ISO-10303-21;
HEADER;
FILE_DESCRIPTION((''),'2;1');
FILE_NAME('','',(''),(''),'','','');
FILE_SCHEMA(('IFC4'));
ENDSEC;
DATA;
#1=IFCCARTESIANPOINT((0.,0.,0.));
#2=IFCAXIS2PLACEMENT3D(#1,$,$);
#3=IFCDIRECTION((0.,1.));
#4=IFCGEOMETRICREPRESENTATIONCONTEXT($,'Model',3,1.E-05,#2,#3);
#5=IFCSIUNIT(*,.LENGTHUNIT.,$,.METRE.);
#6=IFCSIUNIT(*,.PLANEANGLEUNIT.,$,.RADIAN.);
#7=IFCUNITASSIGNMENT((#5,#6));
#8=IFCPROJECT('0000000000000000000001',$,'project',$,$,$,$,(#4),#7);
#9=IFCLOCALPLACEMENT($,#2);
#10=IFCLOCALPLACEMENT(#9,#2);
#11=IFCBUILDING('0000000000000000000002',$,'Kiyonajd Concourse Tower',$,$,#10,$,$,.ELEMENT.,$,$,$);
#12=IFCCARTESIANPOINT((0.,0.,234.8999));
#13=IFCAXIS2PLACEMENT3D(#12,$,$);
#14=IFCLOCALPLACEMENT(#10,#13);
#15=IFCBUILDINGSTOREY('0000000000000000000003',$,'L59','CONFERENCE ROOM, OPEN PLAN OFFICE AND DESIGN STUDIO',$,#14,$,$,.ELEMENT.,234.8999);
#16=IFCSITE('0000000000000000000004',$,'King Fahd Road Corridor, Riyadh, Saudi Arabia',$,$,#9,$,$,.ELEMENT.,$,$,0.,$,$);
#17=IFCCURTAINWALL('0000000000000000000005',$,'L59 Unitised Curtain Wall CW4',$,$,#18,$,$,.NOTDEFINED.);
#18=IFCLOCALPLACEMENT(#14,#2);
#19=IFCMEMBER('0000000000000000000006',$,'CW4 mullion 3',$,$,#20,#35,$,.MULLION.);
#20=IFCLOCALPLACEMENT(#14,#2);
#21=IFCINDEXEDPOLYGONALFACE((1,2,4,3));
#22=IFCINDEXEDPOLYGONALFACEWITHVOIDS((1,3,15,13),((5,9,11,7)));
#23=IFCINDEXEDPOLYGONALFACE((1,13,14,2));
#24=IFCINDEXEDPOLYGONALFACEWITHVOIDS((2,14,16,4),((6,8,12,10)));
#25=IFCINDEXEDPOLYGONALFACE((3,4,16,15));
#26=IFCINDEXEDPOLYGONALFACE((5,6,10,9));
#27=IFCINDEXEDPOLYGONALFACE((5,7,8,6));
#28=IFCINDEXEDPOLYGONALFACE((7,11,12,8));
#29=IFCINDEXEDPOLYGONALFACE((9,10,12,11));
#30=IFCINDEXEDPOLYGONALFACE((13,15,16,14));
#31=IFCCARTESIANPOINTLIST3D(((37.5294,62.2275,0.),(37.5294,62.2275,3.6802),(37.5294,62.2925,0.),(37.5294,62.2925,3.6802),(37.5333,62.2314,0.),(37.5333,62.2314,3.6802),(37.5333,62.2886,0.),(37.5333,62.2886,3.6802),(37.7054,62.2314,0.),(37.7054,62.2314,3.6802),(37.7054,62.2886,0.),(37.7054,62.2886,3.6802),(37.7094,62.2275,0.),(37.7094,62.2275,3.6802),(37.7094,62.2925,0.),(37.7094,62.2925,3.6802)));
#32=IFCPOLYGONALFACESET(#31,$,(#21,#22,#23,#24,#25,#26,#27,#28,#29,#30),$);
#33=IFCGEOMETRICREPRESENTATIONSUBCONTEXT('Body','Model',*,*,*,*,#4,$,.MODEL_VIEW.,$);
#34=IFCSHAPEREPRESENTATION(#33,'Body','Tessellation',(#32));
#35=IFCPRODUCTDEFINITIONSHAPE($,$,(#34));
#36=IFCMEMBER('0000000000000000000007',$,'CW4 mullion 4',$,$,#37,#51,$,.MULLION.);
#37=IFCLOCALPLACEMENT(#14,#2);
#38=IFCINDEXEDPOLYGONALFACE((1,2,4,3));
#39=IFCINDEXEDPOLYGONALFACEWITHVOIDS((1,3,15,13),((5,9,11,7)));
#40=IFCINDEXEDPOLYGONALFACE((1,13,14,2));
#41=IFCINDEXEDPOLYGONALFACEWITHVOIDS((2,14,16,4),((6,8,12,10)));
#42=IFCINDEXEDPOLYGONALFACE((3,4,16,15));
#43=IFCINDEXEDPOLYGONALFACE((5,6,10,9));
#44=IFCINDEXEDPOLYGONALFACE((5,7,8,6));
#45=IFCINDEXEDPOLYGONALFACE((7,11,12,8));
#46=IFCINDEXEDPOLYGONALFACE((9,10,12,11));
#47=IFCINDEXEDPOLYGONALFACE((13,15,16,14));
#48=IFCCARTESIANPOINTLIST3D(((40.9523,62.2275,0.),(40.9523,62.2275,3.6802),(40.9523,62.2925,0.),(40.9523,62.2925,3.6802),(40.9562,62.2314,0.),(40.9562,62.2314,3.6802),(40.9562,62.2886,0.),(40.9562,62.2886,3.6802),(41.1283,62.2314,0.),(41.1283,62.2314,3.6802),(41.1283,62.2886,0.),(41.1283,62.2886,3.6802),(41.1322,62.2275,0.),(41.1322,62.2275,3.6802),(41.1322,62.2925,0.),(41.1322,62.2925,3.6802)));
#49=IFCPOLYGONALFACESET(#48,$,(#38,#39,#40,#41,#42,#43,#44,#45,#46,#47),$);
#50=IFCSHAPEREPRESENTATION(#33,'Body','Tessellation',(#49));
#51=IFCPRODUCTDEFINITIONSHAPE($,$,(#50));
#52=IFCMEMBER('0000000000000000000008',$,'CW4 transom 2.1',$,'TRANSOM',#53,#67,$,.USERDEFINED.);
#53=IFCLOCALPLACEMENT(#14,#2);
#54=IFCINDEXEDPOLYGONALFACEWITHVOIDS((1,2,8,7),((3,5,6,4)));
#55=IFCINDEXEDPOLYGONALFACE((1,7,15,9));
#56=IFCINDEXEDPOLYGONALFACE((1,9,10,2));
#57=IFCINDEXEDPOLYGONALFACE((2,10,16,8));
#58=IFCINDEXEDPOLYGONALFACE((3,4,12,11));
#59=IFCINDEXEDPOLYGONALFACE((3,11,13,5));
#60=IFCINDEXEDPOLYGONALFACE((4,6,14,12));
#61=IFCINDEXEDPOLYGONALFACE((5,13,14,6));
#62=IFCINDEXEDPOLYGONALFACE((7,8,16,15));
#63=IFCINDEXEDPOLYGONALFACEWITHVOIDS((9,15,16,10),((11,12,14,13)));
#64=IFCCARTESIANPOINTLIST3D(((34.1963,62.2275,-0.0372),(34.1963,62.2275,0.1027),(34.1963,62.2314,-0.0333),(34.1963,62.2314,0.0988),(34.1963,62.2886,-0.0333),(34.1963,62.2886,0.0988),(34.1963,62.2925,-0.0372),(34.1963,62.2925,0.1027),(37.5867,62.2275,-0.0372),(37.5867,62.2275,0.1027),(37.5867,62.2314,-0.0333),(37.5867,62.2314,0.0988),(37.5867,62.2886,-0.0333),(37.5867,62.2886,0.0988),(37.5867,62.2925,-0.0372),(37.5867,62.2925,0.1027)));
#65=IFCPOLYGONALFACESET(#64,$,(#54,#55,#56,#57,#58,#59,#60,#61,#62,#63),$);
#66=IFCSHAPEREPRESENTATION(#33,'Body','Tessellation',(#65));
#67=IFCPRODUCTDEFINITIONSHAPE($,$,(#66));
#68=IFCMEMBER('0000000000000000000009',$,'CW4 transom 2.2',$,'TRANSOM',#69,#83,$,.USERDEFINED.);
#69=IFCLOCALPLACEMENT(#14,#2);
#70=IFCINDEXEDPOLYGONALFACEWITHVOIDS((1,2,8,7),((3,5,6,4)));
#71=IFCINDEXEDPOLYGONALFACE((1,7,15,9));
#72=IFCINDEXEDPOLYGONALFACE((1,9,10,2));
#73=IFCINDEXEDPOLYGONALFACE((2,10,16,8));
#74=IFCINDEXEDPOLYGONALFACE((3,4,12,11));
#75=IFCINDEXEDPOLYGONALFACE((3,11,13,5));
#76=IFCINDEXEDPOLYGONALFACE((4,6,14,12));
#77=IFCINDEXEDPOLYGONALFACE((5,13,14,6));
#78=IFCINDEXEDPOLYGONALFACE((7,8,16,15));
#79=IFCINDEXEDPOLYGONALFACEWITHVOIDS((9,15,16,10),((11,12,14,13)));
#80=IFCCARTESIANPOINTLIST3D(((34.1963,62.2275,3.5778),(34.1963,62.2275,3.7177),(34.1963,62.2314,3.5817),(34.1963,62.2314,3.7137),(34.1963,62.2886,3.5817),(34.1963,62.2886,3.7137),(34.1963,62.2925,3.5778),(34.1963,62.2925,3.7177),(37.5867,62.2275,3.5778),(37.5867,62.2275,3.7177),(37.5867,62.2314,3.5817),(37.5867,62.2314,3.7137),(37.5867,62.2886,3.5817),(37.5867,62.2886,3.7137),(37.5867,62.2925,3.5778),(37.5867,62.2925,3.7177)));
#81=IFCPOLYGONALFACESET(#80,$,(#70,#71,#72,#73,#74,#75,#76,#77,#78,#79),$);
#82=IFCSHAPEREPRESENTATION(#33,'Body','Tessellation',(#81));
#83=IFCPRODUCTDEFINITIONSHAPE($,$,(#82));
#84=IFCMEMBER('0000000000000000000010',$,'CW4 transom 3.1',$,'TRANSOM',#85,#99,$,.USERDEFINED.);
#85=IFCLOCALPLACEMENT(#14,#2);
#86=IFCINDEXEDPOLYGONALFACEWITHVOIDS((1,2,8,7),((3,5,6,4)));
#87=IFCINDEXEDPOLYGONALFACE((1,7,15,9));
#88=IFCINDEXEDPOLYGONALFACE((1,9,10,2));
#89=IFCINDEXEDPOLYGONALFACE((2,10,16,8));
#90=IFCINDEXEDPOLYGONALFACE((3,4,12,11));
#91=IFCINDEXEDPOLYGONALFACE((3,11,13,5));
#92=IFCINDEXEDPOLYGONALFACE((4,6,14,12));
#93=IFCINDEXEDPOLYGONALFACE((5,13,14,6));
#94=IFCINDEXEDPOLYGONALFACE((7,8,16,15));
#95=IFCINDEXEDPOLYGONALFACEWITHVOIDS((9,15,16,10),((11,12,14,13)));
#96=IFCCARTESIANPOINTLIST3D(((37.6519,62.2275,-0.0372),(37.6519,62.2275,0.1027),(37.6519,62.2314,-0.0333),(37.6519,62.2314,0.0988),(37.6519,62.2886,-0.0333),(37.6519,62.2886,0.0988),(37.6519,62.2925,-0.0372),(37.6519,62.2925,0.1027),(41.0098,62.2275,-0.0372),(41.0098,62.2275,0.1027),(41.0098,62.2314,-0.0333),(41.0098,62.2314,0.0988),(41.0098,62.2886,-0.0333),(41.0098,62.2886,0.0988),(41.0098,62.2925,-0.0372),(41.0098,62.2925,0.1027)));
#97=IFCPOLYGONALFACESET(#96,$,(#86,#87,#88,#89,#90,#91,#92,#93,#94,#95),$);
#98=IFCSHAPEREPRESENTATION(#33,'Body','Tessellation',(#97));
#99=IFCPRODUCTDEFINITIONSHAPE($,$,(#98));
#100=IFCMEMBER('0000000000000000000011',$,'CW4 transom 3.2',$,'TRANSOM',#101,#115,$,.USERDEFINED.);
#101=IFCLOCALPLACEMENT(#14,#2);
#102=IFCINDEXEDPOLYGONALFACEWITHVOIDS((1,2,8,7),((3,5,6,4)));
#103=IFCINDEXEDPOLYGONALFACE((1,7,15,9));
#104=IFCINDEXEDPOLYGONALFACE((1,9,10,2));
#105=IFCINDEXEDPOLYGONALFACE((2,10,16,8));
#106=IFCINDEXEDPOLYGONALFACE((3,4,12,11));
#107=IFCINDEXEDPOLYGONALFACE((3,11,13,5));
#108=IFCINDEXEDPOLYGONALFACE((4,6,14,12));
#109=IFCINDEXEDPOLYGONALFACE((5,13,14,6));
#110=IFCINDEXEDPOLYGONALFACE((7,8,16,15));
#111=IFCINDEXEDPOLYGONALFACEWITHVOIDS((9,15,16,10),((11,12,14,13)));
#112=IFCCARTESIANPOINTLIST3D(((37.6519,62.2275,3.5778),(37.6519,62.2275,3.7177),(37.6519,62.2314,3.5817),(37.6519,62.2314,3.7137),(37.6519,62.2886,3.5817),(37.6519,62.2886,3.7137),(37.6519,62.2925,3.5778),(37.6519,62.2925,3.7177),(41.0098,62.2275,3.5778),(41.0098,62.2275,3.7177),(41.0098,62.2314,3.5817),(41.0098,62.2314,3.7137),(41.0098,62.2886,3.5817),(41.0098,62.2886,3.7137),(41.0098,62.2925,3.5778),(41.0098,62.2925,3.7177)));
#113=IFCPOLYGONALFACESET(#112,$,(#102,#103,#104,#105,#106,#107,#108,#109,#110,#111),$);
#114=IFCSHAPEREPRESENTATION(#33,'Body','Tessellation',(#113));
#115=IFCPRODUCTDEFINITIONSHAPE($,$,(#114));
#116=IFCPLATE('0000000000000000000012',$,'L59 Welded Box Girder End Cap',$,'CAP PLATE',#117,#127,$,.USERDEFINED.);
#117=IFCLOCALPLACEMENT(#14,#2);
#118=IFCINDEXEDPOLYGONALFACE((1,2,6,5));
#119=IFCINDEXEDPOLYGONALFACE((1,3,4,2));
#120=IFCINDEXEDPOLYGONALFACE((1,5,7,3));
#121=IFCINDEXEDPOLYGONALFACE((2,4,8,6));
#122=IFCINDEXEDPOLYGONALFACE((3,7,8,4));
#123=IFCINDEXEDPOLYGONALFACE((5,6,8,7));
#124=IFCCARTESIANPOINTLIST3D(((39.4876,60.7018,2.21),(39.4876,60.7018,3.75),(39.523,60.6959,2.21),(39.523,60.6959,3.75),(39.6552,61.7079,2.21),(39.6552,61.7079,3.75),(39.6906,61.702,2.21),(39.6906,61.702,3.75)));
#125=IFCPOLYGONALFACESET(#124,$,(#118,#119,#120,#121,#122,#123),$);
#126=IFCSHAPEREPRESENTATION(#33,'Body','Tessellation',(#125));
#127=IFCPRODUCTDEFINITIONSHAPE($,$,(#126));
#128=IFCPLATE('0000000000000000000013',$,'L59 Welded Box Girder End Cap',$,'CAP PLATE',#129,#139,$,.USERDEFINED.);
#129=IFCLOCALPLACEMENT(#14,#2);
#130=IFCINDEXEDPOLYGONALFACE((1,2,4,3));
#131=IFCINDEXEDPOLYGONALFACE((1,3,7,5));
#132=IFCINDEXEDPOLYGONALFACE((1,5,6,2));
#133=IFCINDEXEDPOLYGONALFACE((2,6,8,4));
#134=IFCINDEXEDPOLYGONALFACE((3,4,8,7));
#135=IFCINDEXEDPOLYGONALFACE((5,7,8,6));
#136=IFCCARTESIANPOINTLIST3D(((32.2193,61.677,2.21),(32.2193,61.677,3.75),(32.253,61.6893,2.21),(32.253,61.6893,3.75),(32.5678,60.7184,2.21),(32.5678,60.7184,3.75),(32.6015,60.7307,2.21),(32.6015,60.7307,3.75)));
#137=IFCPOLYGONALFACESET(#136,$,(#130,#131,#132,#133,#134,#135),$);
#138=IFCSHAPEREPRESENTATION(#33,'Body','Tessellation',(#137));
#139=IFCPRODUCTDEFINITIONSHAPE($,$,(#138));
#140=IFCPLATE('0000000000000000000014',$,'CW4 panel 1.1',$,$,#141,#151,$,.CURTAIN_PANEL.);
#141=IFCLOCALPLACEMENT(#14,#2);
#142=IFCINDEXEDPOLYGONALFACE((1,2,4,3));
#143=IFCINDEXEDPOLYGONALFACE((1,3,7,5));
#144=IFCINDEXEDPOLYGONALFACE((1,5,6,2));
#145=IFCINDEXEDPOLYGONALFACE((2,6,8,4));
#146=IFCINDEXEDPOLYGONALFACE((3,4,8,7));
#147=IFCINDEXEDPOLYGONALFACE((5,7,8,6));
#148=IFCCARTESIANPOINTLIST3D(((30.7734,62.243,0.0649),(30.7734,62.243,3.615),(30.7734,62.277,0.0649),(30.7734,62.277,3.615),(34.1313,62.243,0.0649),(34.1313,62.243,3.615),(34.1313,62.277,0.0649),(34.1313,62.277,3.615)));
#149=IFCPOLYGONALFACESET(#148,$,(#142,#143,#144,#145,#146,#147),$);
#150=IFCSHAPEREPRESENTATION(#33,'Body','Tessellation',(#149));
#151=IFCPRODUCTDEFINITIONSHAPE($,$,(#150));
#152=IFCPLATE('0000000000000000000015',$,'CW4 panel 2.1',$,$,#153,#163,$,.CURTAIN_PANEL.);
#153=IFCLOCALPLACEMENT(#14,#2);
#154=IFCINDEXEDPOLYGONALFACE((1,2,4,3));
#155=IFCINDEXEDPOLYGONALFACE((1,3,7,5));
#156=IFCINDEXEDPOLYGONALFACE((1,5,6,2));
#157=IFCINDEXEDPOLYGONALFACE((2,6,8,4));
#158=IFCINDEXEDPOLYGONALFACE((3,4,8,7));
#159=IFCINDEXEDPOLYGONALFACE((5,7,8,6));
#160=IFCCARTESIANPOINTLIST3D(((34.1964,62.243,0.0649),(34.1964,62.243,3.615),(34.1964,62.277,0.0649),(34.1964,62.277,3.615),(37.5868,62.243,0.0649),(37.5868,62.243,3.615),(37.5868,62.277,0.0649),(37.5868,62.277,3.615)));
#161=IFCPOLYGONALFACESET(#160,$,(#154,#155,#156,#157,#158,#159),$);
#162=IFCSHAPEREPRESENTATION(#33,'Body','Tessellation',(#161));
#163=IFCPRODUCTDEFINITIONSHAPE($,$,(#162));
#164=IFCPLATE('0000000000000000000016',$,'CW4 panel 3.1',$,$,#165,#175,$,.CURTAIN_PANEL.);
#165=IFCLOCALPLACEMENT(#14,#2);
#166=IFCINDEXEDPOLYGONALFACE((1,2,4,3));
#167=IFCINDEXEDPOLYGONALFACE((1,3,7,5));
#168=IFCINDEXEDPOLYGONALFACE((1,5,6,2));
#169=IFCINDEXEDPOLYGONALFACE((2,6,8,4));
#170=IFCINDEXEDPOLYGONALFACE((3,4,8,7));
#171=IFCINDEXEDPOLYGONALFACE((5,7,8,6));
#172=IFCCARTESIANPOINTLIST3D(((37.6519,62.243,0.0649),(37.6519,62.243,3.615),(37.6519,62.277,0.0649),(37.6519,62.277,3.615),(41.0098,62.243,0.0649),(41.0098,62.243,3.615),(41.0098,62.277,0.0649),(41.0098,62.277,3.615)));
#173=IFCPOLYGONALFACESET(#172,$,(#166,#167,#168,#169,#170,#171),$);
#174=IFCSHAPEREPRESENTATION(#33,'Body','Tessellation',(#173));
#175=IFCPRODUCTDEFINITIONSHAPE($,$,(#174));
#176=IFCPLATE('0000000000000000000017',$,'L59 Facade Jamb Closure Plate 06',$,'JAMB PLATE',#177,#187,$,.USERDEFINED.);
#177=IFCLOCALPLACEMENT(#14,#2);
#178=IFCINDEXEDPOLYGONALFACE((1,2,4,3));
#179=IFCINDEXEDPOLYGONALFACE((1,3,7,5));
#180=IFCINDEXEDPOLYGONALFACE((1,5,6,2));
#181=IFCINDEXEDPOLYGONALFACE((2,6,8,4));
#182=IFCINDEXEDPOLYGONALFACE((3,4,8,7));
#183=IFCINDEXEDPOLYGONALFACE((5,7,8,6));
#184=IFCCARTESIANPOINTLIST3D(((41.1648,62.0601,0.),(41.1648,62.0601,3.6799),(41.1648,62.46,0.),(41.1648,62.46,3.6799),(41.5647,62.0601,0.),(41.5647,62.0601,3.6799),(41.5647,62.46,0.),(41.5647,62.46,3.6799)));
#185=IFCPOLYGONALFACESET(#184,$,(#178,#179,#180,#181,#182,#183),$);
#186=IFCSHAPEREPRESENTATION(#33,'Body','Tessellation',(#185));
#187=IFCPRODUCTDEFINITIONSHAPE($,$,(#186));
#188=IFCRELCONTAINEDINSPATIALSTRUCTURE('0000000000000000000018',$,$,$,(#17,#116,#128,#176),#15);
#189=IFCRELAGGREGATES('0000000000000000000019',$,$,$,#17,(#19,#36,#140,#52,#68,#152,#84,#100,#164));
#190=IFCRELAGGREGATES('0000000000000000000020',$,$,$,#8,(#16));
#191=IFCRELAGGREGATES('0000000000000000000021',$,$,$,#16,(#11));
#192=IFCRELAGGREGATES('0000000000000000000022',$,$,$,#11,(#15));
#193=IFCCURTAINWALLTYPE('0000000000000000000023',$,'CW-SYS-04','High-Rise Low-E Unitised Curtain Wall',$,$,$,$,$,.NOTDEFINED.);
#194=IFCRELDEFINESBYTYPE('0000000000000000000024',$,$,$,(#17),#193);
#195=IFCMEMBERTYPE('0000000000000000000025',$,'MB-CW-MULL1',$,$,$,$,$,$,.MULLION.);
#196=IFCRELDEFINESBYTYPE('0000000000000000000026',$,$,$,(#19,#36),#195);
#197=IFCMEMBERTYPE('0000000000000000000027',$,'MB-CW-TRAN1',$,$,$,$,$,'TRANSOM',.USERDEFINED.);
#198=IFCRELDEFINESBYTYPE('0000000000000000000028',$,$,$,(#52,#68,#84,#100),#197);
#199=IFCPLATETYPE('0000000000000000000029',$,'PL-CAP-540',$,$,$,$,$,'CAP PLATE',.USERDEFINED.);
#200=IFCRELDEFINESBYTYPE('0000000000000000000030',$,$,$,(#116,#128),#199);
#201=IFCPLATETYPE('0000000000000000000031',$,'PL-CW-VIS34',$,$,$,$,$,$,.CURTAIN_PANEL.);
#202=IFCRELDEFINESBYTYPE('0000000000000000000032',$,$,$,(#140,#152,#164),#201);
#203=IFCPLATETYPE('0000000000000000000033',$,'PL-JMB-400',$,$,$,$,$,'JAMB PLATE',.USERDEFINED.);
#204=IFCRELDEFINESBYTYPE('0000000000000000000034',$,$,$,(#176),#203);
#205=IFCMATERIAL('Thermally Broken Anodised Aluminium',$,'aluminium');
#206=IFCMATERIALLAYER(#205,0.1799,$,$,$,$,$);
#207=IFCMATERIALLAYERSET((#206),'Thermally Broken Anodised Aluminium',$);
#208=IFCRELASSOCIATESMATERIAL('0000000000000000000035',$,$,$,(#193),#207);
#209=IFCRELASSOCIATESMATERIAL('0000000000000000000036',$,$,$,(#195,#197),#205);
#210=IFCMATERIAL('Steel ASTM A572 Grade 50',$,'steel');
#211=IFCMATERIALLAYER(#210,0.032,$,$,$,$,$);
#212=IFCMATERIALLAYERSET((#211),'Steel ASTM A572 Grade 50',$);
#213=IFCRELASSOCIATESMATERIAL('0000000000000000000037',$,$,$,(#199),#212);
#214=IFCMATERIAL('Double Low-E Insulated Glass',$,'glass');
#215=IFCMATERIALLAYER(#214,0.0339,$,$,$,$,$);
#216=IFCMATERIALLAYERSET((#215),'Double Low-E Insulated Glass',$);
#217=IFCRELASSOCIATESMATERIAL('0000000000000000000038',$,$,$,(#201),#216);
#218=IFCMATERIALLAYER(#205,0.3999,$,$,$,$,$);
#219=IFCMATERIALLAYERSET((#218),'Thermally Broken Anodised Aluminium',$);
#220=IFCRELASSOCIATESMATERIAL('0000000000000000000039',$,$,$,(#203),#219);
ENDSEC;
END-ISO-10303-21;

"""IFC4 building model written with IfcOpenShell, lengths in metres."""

from ifc_helpers import new_model, si_unit, direction, frame, origin, origin_2d, place, context, subcontext, project, spatial, rectangle, hollow_rectangle, extrude, material, layer, layer_set, material_profile, profile_set, type_object, element, aggregate, save


model = new_model("IFC4")

# Units and contexts
model_context = context("Model", 3, precision=1e-05, world=origin(), true_north=direction((0.0, 1.0)))
body_context = subcontext(model_context, "Body", "Model", "MODEL_VIEW")
ifc_project = project(units=[si_unit("LENGTHUNIT", "METRE"), si_unit("PLANEANGLEUNIT", "RADIAN")], contexts=[model_context])

# Site, building, storey
site_placement = place(None, origin())
site = spatial("IfcSite", under=ifc_project, at=site_placement, Name="King Fahd Road Corridor, Riyadh, Saudi Arabia", CompositionType="ELEMENT", RefElevation=0.0)
building_placement = place(site_placement, origin())
building = spatial("IfcBuilding", under=site, at=building_placement, Name="Kiyonajd Concourse Tower", CompositionType="ELEMENT")
storey_placement = place(building_placement, frame((0.0, 0.0, 234.8999)))
storey = spatial("IfcBuildingStorey", under=building, at=storey_placement, Name="L59", Description="CONFERENCE ROOM, OPEN PLAN OFFICE AND DESIGN STUDIO", CompositionType="ELEMENT", Elevation=234.8999)

# Shared definitions
ifc_material_1 = material(Name="Steel ASTM A572 Grade 50", Category="steel")

# Curtain wall, members
ifc_material_2 = material(Name="Thermally Broken Anodised Aluminium", Category="aluminium")
ifc_layer_1 = layer(ifc_material_2, 0.1799)
ifc_layer_set_1 = layer_set([ifc_layer_1], Name="Thermally Broken Anodised Aluminium")
curtain_wall_type = type_object("IfcCurtainWallType", Name="CW-SYS-04", Description="High-Rise Low-E Unitised Curtain Wall", PredefinedType="NOTDEFINED", material=ifc_layer_set_1)
curtain_wall_placement = place(storey_placement, origin())
curtain_wall = element("IfcCurtainWall", 1, at=curtain_wall_placement, inside=storey, type_object=curtain_wall_type, Name="L59 Unitised Curtain Wall CW4", PredefinedType="NOTDEFINED")
ifc_material_profile_1 = material_profile(ifc_material_2, hollow_rectangle(XDim=0.0649, YDim=0.1799, WallThickness=0.0039, at=origin_2d()), Name="MULL-65x180")
ifc_profile_set_1 = profile_set([ifc_material_profile_1], Name="Thermally Broken Anodised Aluminium")
member_type_1 = type_object("IfcMemberType", Name="MB-CW-MULL1", PredefinedType="MULLION", material=ifc_profile_set_1)
member_1_placement = place(storey_placement, frame((37.6194, 62.26, 0.0), z_axis=(0.0, 0.0, 1.0), x_axis=(0.0, 1.0, 0.0)))
member_1 = element("IfcMember", 2, at=member_1_placement, type_object=member_type_1, Name="CW4 mullion 3", PredefinedType="MULLION", context=body_context, shape_type="SweptSolid", body=[
    extrude(hollow_rectangle(XDim=0.0649, YDim=0.1799, WallThickness=0.0039, at=origin_2d()), origin(), (0.0, 0.0, 1.0), 3.6802),
])
member_2_placement = place(storey_placement, frame((41.0422, 62.26, 0.0), z_axis=(0.0, 0.0, 1.0), x_axis=(0.0, 1.0, 0.0)))
member_2 = element("IfcMember", 3, at=member_2_placement, type_object=member_type_1, Name="CW4 mullion 4", PredefinedType="MULLION", context=body_context, shape_type="SweptSolid", body=[
    extrude(hollow_rectangle(XDim=0.0649, YDim=0.1799, WallThickness=0.0039, at=origin_2d()), origin(), (0.0, 0.0, 1.0), 3.6802),
])
ifc_material_profile_2 = material_profile(ifc_material_2, hollow_rectangle(XDim=0.0649, YDim=0.1399, WallThickness=0.0039, at=origin_2d()), Name="TRAN-65x140")
ifc_profile_set_2 = profile_set([ifc_material_profile_2], Name="Thermally Broken Anodised Aluminium")
member_type_2 = type_object("IfcMemberType", Name="MB-CW-TRAN1", ElementType="TRANSOM", PredefinedType="USERDEFINED", material=ifc_profile_set_2)
member_3_placement = place(storey_placement, frame((34.1963, 62.26, 0.0327), z_axis=(1.0, 0.0, 0.0), x_axis=(0.0, 1.0, 0.0)))
member_3 = element("IfcMember", 4, at=member_3_placement, type_object=member_type_2, Name="CW4 transom 2.1", ObjectType="TRANSOM", PredefinedType="USERDEFINED", context=body_context, shape_type="SweptSolid", body=[
    extrude(hollow_rectangle(XDim=0.0649, YDim=0.1399, WallThickness=0.0039, at=origin_2d()), origin(), (0.0, 0.0, 1.0), 3.3904),
])
member_4_placement = place(storey_placement, frame((34.1963, 62.26, 3.6477), z_axis=(1.0, 0.0, 0.0), x_axis=(0.0, 1.0, 0.0)))
member_4 = element("IfcMember", 5, at=member_4_placement, type_object=member_type_2, Name="CW4 transom 2.2", ObjectType="TRANSOM", PredefinedType="USERDEFINED", context=body_context, shape_type="SweptSolid", body=[
    extrude(hollow_rectangle(XDim=0.0649, YDim=0.1399, WallThickness=0.0039, at=origin_2d()), origin(), (0.0, 0.0, 1.0), 3.3904),
])
member_5_placement = place(storey_placement, frame((37.6519, 62.26, 0.0327), z_axis=(1.0, 0.0, 0.0), x_axis=(0.0, 1.0, 0.0)))
member_5 = element("IfcMember", 6, at=member_5_placement, type_object=member_type_2, Name="CW4 transom 3.1", ObjectType="TRANSOM", PredefinedType="USERDEFINED", context=body_context, shape_type="SweptSolid", body=[
    extrude(hollow_rectangle(XDim=0.0649, YDim=0.1399, WallThickness=0.0039, at=origin_2d()), origin(), (0.0, 0.0, 1.0), 3.3579),
])
member_6_placement = place(storey_placement, frame((37.6519, 62.26, 3.6477), z_axis=(1.0, 0.0, 0.0), x_axis=(0.0, 1.0, 0.0)))
member_6 = element("IfcMember", 7, at=member_6_placement, type_object=member_type_2, Name="CW4 transom 3.2", ObjectType="TRANSOM", PredefinedType="USERDEFINED", context=body_context, shape_type="SweptSolid", body=[
    extrude(hollow_rectangle(XDim=0.0649, YDim=0.1399, WallThickness=0.0039, at=origin_2d()), origin(), (0.0, 0.0, 1.0), 3.3579),
])

# Plates
ifc_layer_2 = layer(ifc_material_1, 0.032)
ifc_layer_set_2 = layer_set([ifc_layer_2], Name="Steel ASTM A572 Grade 50")
plate_type_1 = type_object("IfcPlateType", Name="PL-CAP-540", ElementType="CAP PLATE", PredefinedType="USERDEFINED", material=ifc_layer_set_2)
for number, where, z_axis, x_axis, name in (
    (8, (39.5891, 61.2019, 2.21), (0.0, 0.0, 1.0), (-0.986401, 0.164359, 0.0), "L59 Welded Box Girder End Cap"),
    (9, (32.4104, 61.2039, 2.21), (0.0, 0.0, 1.0), (0.939812, 0.341692, 0.0), "L59 Welded Box Girder End Cap"),
):
    element("IfcPlate", number, at=place(storey_placement, frame(where, z_axis=z_axis, x_axis=x_axis)), inside=storey, type_object=plate_type_1, Name=name, ObjectType="CAP PLATE", PredefinedType="USERDEFINED", context=body_context, shape_type="SweptSolid", body=[
        extrude(rectangle(XDim=0.0359, YDim=1.02, at=origin_2d()), origin(), (0.0, 0.0, 1.0), 1.54),
    ])

# Plates
ifc_material_3 = material(Name="Double Low-E Insulated Glass", Category="glass")
ifc_layer_3 = layer(ifc_material_3, 0.0339)
ifc_layer_set_3 = layer_set([ifc_layer_3], Name="Double Low-E Insulated Glass")
plate_type_2 = type_object("IfcPlateType", Name="PL-CW-VIS34", PredefinedType="CURTAIN_PANEL", material=ifc_layer_set_3)
plate_1_placement = place(storey_placement, frame((32.4524, 62.26, 0.0649), z_axis=(0.0, 0.0, 1.0), x_axis=(1.0, 0.0, 0.0)))
plate_1 = element("IfcPlate", 10, at=plate_1_placement, type_object=plate_type_2, Name="CW4 panel 1.1", PredefinedType="CURTAIN_PANEL", context=body_context, shape_type="SweptSolid", body=[
    extrude(rectangle(XDim=3.3579, YDim=0.0339, at=origin_2d()), origin(), (0.0, 0.0, 1.0), 3.55),
])
plate_2_placement = place(storey_placement, frame((35.8916, 62.26, 0.0649), z_axis=(0.0, 0.0, 1.0), x_axis=(1.0, 0.0, 0.0)))
plate_2 = element("IfcPlate", 11, at=plate_2_placement, type_object=plate_type_2, Name="CW4 panel 2.1", PredefinedType="CURTAIN_PANEL", context=body_context, shape_type="SweptSolid", body=[
    extrude(rectangle(XDim=3.3904, YDim=0.0339, at=origin_2d()), origin(), (0.0, 0.0, 1.0), 3.55),
])
plate_3_placement = place(storey_placement, frame((39.3308, 62.26, 0.0649), z_axis=(0.0, 0.0, 1.0), x_axis=(1.0, 0.0, 0.0)))
plate_3 = element("IfcPlate", 12, at=plate_3_placement, type_object=plate_type_2, Name="CW4 panel 3.1", PredefinedType="CURTAIN_PANEL", context=body_context, shape_type="SweptSolid", body=[
    extrude(rectangle(XDim=3.3579, YDim=0.0339, at=origin_2d()), origin(), (0.0, 0.0, 1.0), 3.55),
])
aggregate(curtain_wall, [member_1, member_2, plate_1, member_3, member_4, plate_2, member_5, member_6, plate_3])
ifc_layer_4 = layer(ifc_material_2, 0.3999)
ifc_layer_set_4 = layer_set([ifc_layer_4], Name="Thermally Broken Anodised Aluminium")
plate_type_3 = type_object("IfcPlateType", Name="PL-JMB-400", ElementType="JAMB PLATE", PredefinedType="USERDEFINED", material=ifc_layer_set_4)
plate_4_placement = place(storey_placement, frame((41.3647, 62.26, 0.0), z_axis=(0.0, 0.0, 1.0), x_axis=(1.0, 0.0, 0.0)))
element("IfcPlate", 13, at=plate_4_placement, inside=storey, type_object=plate_type_3, Name="L59 Facade Jamb Closure Plate 06", ObjectType="JAMB PLATE", PredefinedType="USERDEFINED", context=body_context, shape_type="SweptSolid", body=[
    extrude(rectangle(XDim=0.3999, YDim=0.3999, at=origin_2d()), origin(), (0.0, 0.0, 1.0), 3.6799),
])

save(model, "model.ifc")
